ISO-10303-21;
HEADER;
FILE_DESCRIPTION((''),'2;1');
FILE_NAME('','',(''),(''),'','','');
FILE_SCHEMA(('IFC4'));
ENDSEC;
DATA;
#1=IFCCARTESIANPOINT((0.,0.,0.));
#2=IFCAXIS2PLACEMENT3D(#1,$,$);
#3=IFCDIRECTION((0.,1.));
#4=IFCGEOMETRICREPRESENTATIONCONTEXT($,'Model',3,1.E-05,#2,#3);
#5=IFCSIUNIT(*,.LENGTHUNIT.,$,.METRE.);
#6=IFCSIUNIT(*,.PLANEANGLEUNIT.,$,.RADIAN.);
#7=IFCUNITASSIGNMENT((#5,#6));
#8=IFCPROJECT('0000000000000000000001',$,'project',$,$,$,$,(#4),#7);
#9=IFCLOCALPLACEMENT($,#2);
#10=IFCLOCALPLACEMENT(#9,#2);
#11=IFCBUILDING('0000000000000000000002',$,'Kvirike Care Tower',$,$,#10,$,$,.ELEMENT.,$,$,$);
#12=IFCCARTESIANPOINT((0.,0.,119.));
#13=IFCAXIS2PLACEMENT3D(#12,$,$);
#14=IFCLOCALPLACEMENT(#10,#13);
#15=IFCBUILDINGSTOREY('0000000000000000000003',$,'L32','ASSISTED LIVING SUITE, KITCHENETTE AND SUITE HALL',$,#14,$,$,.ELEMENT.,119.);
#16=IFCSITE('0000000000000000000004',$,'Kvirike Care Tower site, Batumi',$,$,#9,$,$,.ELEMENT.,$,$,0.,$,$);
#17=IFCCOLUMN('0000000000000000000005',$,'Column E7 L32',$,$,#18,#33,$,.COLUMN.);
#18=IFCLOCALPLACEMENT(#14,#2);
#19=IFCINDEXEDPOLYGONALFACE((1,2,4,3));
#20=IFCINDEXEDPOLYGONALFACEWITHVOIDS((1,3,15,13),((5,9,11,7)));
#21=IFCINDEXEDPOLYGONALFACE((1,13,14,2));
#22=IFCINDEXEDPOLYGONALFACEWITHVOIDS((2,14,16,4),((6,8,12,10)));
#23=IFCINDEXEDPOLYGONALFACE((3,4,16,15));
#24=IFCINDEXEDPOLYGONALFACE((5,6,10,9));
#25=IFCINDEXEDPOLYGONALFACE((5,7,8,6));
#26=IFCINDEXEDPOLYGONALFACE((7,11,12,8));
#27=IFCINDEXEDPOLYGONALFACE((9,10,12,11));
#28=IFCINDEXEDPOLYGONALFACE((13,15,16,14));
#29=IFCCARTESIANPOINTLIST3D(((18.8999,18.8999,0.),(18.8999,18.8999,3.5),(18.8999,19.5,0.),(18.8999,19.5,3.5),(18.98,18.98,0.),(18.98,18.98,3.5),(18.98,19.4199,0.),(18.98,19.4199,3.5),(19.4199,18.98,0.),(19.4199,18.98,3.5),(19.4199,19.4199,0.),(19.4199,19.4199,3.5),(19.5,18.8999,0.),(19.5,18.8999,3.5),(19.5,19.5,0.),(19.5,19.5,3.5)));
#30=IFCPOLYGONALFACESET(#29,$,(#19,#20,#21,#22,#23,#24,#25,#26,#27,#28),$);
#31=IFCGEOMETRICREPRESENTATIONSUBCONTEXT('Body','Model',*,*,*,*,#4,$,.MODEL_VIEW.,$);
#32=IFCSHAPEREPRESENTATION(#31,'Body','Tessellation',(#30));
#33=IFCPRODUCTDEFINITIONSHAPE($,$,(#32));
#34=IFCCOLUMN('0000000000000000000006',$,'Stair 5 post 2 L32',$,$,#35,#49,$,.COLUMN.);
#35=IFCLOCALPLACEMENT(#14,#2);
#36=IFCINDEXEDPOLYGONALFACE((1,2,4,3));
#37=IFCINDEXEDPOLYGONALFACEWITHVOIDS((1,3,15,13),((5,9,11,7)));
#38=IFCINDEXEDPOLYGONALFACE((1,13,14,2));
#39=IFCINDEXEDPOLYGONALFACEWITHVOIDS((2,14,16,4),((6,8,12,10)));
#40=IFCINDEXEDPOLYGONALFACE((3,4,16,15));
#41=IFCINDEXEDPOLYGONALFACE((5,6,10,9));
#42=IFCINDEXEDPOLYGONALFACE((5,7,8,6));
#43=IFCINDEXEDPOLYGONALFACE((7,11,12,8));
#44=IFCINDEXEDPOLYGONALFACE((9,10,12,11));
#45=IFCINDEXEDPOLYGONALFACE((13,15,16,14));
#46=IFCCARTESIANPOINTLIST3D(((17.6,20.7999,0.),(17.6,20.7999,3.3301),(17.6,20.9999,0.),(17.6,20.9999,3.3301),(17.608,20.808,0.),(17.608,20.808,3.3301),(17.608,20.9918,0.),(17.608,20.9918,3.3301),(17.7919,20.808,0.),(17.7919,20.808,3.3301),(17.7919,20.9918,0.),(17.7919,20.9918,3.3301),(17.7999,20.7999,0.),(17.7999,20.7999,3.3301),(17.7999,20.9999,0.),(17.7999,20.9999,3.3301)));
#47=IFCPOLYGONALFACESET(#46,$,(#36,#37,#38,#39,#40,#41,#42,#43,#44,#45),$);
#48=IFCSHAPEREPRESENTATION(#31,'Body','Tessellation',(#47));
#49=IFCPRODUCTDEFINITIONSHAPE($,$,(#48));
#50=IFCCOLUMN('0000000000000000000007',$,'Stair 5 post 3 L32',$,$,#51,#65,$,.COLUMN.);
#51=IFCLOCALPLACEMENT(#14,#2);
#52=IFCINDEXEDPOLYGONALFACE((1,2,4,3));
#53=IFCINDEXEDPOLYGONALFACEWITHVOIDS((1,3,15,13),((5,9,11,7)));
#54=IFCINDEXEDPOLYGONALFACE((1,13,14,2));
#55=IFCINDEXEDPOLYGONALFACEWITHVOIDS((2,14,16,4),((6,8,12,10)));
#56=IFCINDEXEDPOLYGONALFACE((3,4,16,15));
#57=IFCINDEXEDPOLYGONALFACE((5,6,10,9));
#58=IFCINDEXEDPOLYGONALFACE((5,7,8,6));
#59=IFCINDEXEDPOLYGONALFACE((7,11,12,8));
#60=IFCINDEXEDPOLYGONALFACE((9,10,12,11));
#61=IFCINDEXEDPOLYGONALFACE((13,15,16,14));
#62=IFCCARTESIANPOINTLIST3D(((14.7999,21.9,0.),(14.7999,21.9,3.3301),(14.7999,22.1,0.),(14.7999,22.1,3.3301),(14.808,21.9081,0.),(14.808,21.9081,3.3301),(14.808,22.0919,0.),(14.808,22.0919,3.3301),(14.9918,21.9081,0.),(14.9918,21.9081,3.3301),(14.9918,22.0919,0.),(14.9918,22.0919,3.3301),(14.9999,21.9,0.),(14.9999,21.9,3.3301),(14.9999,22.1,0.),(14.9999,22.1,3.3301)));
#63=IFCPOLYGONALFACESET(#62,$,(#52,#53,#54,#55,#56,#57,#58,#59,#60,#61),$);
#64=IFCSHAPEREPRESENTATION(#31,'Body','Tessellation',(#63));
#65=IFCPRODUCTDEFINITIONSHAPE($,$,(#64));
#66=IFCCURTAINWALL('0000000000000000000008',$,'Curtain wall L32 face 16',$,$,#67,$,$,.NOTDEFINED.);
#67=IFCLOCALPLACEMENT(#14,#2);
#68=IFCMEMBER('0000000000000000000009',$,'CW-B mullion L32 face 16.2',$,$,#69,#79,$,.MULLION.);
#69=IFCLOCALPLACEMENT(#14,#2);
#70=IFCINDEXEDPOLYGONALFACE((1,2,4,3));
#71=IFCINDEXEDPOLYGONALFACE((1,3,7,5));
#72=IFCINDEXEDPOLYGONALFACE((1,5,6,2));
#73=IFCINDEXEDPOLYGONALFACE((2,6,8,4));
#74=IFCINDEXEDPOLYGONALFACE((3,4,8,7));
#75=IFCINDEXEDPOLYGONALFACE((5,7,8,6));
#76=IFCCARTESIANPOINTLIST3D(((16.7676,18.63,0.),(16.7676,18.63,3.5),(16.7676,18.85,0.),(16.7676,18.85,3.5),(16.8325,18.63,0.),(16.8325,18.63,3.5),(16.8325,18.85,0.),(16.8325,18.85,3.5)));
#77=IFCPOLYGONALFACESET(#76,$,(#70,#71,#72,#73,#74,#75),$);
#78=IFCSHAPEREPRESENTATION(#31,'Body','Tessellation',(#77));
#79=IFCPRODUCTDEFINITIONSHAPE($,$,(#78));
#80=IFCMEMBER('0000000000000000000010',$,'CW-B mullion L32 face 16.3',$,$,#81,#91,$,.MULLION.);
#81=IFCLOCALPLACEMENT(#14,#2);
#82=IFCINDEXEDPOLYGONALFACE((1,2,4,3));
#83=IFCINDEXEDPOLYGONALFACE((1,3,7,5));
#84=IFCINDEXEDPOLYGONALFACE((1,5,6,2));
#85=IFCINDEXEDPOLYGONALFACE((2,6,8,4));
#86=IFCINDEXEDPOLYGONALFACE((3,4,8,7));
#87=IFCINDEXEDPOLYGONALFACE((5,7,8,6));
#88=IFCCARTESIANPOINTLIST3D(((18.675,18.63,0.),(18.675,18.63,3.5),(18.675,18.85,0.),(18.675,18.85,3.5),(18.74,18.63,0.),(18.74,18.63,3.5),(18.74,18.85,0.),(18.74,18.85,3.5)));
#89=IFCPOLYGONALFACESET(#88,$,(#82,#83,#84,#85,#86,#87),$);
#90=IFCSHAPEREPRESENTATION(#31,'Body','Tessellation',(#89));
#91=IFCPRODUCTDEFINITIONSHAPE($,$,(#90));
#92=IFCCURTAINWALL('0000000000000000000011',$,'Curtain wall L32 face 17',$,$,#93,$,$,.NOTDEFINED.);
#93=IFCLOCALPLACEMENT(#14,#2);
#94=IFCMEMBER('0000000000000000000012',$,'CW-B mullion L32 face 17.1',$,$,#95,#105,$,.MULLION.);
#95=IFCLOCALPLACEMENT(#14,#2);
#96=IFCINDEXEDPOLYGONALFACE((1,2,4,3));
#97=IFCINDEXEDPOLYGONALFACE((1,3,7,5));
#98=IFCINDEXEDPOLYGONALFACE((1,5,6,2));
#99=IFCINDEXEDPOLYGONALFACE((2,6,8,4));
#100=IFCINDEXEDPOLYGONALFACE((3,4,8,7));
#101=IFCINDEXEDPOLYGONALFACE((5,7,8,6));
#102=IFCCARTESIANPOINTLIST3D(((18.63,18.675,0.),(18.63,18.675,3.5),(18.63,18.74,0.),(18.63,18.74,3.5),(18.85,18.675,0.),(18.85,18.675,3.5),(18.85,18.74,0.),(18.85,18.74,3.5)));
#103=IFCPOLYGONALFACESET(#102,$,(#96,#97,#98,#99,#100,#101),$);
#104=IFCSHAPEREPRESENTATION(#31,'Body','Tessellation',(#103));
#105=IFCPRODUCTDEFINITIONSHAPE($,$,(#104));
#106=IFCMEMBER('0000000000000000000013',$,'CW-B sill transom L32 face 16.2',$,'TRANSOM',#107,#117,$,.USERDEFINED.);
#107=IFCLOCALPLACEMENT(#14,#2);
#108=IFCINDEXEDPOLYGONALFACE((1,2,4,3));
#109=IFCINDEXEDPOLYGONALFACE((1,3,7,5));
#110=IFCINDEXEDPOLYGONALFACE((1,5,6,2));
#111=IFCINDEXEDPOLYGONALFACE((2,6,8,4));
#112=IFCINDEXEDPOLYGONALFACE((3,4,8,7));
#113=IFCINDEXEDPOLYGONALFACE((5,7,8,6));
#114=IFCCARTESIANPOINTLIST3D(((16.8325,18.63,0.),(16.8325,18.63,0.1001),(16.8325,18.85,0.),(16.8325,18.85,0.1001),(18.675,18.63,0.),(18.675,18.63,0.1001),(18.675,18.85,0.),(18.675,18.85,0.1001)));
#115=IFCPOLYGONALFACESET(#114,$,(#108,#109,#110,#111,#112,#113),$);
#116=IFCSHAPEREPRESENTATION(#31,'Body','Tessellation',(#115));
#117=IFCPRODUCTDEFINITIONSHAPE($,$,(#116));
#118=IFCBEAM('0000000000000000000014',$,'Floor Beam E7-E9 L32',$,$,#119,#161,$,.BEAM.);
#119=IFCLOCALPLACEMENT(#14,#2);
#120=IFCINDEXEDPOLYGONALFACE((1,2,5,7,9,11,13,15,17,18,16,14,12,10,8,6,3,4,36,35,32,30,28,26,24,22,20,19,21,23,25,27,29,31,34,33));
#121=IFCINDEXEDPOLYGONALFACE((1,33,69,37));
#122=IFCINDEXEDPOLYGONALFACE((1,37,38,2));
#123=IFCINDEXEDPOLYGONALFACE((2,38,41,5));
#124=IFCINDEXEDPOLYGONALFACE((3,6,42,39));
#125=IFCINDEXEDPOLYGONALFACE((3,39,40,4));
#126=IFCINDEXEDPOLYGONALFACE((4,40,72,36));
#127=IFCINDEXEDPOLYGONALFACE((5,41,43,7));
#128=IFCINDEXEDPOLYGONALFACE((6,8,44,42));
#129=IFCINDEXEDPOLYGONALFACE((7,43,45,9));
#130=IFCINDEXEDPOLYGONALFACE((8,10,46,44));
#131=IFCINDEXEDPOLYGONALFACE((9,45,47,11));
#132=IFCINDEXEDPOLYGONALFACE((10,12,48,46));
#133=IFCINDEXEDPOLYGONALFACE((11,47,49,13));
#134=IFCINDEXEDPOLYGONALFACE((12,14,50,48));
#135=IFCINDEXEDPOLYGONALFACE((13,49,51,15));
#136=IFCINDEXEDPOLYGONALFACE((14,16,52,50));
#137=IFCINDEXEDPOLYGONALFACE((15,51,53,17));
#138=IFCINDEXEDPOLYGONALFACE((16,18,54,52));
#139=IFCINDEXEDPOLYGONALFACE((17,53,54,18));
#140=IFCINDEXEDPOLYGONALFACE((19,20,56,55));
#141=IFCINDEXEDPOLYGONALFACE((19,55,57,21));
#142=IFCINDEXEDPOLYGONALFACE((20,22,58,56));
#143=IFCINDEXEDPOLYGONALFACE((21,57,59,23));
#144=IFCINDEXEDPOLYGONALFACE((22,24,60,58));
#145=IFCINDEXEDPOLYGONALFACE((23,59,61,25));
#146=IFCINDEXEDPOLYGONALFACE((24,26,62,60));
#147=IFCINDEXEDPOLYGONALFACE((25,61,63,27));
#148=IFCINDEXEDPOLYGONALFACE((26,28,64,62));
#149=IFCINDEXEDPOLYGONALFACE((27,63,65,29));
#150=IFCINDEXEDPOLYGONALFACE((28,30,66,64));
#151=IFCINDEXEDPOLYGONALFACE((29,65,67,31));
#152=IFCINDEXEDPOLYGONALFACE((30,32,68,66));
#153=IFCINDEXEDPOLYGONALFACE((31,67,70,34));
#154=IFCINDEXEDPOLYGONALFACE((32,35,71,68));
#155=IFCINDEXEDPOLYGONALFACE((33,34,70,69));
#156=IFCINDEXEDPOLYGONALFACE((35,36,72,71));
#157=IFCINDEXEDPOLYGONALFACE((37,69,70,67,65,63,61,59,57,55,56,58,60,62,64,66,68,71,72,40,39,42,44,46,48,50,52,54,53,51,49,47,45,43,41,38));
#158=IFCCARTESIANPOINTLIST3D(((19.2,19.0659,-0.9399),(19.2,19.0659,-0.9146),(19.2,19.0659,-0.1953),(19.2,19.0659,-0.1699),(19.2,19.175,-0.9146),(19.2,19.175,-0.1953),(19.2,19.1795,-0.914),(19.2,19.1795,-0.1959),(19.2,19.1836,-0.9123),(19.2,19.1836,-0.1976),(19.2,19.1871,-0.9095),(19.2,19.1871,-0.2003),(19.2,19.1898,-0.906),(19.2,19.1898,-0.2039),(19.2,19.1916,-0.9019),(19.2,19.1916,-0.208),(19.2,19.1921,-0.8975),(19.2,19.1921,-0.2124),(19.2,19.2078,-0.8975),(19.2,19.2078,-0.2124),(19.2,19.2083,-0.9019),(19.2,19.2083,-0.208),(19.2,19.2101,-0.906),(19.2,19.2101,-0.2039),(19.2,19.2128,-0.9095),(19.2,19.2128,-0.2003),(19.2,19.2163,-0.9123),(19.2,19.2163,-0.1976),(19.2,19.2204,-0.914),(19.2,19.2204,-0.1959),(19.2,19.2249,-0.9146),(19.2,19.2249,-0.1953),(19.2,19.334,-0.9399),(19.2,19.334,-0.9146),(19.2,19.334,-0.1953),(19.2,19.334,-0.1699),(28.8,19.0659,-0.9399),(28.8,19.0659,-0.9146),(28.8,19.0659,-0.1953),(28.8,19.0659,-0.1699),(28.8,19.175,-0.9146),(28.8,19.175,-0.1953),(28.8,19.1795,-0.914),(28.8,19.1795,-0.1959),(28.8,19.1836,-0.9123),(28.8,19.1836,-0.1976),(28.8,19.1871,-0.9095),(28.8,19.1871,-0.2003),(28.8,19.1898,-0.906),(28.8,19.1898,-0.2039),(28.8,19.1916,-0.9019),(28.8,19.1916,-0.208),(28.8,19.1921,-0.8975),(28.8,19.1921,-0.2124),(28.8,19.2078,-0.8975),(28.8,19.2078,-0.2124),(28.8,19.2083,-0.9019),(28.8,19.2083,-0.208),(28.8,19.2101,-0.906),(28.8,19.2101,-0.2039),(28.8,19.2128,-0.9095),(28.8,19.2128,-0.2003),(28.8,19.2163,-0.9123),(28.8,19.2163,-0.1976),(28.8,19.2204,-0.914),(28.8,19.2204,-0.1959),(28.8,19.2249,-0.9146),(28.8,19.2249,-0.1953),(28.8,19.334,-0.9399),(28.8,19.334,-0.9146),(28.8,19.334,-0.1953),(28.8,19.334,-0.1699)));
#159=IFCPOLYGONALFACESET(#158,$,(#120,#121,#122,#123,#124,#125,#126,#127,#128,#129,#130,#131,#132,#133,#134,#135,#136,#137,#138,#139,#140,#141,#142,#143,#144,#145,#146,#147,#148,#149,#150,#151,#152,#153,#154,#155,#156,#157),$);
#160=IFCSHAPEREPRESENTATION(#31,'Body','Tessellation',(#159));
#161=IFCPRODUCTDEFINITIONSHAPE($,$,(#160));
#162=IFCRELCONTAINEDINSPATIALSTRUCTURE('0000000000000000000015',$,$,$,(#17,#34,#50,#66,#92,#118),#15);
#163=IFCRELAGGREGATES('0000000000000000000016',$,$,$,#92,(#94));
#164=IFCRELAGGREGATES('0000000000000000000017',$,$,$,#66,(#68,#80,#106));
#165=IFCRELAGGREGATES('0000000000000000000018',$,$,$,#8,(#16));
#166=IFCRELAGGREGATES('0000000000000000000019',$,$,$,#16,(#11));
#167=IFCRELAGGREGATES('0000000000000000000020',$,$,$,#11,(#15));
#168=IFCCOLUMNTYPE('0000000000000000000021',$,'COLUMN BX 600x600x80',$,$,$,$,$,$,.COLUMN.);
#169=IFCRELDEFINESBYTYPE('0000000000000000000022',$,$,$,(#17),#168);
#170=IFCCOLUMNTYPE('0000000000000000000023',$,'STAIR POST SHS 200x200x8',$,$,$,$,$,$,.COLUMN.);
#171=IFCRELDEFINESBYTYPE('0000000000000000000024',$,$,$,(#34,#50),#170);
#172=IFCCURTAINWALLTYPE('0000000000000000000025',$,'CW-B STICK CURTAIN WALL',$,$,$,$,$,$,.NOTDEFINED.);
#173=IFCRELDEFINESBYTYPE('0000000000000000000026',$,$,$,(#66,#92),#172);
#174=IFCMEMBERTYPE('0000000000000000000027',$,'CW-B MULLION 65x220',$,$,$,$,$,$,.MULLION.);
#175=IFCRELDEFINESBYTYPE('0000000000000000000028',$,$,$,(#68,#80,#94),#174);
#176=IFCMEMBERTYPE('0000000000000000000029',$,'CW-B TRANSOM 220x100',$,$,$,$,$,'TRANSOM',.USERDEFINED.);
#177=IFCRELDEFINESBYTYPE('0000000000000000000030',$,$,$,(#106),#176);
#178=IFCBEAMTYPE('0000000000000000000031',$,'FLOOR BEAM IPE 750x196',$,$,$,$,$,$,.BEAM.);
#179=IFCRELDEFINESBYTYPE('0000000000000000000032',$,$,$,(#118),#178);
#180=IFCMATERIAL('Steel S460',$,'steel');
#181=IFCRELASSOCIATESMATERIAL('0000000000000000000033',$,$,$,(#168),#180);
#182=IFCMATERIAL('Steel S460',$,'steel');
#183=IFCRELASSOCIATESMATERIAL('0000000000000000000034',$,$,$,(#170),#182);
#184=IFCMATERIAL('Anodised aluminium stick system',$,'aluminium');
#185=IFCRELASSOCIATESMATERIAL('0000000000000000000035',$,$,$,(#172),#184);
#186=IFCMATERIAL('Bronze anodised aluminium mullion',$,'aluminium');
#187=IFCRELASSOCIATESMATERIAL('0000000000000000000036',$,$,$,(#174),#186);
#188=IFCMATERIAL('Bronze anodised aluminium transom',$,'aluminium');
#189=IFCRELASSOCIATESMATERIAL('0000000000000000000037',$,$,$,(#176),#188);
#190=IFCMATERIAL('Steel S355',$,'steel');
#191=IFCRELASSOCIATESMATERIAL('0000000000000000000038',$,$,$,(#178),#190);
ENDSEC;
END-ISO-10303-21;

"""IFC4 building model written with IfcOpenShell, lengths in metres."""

from ifc_helpers import new_model, si_unit, direction, frame, origin, origin_2d, place, context, subcontext, project, spatial, rectangle, hollow_rectangle, i_section, extrude, material, material_profile, profile_set, type_object, element, aggregate, save


model = new_model("IFC4")

# Units and contexts
model_context = context("Model", 3, precision=1e-05, world=origin(), true_north=direction((0.0, 1.0)))
body_context = subcontext(model_context, "Body", "Model", "MODEL_VIEW")
ifc_project = project(units=[si_unit("LENGTHUNIT", "METRE"), si_unit("PLANEANGLEUNIT", "RADIAN")], contexts=[model_context])

# Site, building, storey
site_placement = place(None, origin())
site = spatial("IfcSite", under=ifc_project, at=site_placement, Name="Kvirike Care Tower site, Batumi", CompositionType="ELEMENT", RefElevation=0.0)
building_placement = place(site_placement, origin())
building = spatial("IfcBuilding", under=site, at=building_placement, Name="Kvirike Care Tower", CompositionType="ELEMENT")
storey_placement = place(building_placement, frame((0.0, 0.0, 119.0)))
storey = spatial("IfcBuildingStorey", under=building, at=storey_placement, Name="L32", Description="ASSISTED LIVING SUITE, KITCHENETTE AND SUITE HALL", CompositionType="ELEMENT", Elevation=119.0)

# Columns
ifc_material_1 = material(Name="Steel S460", Category="steel")
ifc_material_profile_1 = material_profile(ifc_material_1, hollow_rectangle(XDim=0.6001, YDim=0.6001, WallThickness=0.0801, at=origin_2d()), Name="BX 600x600x80")
ifc_profile_set_1 = profile_set([ifc_material_profile_1], Name="Steel S460")
column_type_1 = type_object("IfcColumnType", Name="COLUMN BX 600x600x80", PredefinedType="COLUMN", material=ifc_profile_set_1)
column_placement = place(storey_placement, frame((19.2, 19.2, 0.0), z_axis=(0.0, 0.0, 1.0), x_axis=(0.0, 1.0, 0.0)))
element("IfcColumn", 1, at=column_placement, inside=storey, type_object=column_type_1, Name="Column E7 L32", PredefinedType="COLUMN", context=body_context, shape_type="SweptSolid", body=[
    extrude(hollow_rectangle(XDim=0.6001, YDim=0.6001, WallThickness=0.0801, at=origin_2d()), origin(), (0.0, 0.0, 1.0), 3.5),
])
ifc_material_2 = material(Name="Steel S460", Category="steel")
ifc_material_profile_2 = material_profile(ifc_material_2, hollow_rectangle(XDim=0.2, YDim=0.2, WallThickness=0.0081, at=origin_2d()), Name="SHS 200x200x8")
ifc_profile_set_2 = profile_set([ifc_material_profile_2], Name="Steel S460")
column_type_2 = type_object("IfcColumnType", Name="STAIR POST SHS 200x200x8", PredefinedType="COLUMN", material=ifc_profile_set_2)
for number, where, z_axis, x_axis, name in (
    (2, (17.7, 20.8999, 0.0), (0.0, 0.0, 1.0), (1.0, 0.0, 0.0), "Stair 5 post 2 L32"),
    (3, (14.8999, 22.0, 0.0), (0.0, 0.0, 1.0), (1.0, 0.0, 0.0), "Stair 5 post 3 L32"),
):
    element("IfcColumn", number, at=place(storey_placement, frame(where, z_axis=z_axis, x_axis=x_axis)), inside=storey, type_object=column_type_2, Name=name, PredefinedType="COLUMN", context=body_context, shape_type="SweptSolid", body=[
        extrude(hollow_rectangle(XDim=0.2, YDim=0.2, WallThickness=0.0081, at=origin_2d()), origin(), (0.0, 0.0, 1.0), 3.3301),
    ])

# Curtain wall, members
ifc_material_3 = material(Name="Anodised aluminium stick system", Category="aluminium")
curtain_wall_type = type_object("IfcCurtainWallType", Name="CW-B STICK CURTAIN WALL", PredefinedType="NOTDEFINED", material=ifc_material_3)
curtain_wall_1_placement = place(storey_placement, origin())
curtain_wall_1 = element("IfcCurtainWall", 4, at=curtain_wall_1_placement, inside=storey, type_object=curtain_wall_type, Name="Curtain wall L32 face 16", PredefinedType="NOTDEFINED")
ifc_material_4 = material(Name="Bronze anodised aluminium mullion", Category="aluminium")
ifc_material_profile_3 = material_profile(ifc_material_4, rectangle(XDim=0.0649, YDim=0.22, at=origin_2d()), Name="CW-B MULLION 65x220")
ifc_profile_set_3 = profile_set([ifc_material_profile_3], Name="Bronze anodised aluminium mullion")
member_type_1 = type_object("IfcMemberType", Name="CW-B MULLION 65x220", PredefinedType="MULLION", material=ifc_profile_set_3)
member_1_placement = place(storey_placement, frame((16.8, 18.74, 0.0), z_axis=(0.0, 0.0, 1.0), x_axis=(1.0, 0.0, 0.0)))
member_1 = element("IfcMember", 5, at=member_1_placement, type_object=member_type_1, Name="CW-B mullion L32 face 16.2", PredefinedType="MULLION", context=body_context, shape_type="SweptSolid", body=[
    extrude(rectangle(XDim=0.0649, YDim=0.22, at=origin_2d()), origin(), (0.0, 0.0, 1.0), 3.5),
])
member_2_placement = place(storey_placement, frame((18.7075, 18.74, 0.0), z_axis=(0.0, 0.0, 1.0), x_axis=(1.0, 0.0, 0.0)))
member_2 = element("IfcMember", 6, at=member_2_placement, type_object=member_type_1, Name="CW-B mullion L32 face 16.3", PredefinedType="MULLION", context=body_context, shape_type="SweptSolid", body=[
    extrude(rectangle(XDim=0.0649, YDim=0.22, at=origin_2d()), origin(), (0.0, 0.0, 1.0), 3.5),
])

# Curtain wall, member
curtain_wall_2_placement = place(storey_placement, origin())
curtain_wall_2 = element("IfcCurtainWall", 7, at=curtain_wall_2_placement, inside=storey, type_object=curtain_wall_type, Name="Curtain wall L32 face 17", PredefinedType="NOTDEFINED")
member_3_placement = place(storey_placement, frame((18.74, 18.7075, 0.0), z_axis=(0.0, 0.0, 1.0), x_axis=(0.0, -1.0, 0.0)))
member_3 = element("IfcMember", 8, at=member_3_placement, type_object=member_type_1, Name="CW-B mullion L32 face 17.1", PredefinedType="MULLION", context=body_context, shape_type="SweptSolid", body=[
    extrude(rectangle(XDim=0.0649, YDim=0.22, at=origin_2d()), origin(), (0.0, 0.0, 1.0), 3.5),
])
aggregate(curtain_wall_2, [member_3])

# Member
ifc_material_5 = material(Name="Bronze anodised aluminium transom", Category="aluminium")
ifc_material_profile_4 = material_profile(ifc_material_5, rectangle(XDim=0.22, YDim=0.1001, at=origin_2d()), Name="CW-B TRANSOM 220x100")
ifc_profile_set_4 = profile_set([ifc_material_profile_4], Name="Bronze anodised aluminium transom")
member_type_2 = type_object("IfcMemberType", Name="CW-B TRANSOM 220x100", ElementType="TRANSOM", PredefinedType="USERDEFINED", material=ifc_profile_set_4)
member_4_placement = place(storey_placement, frame((16.8325, 18.74, 0.05), z_axis=(1.0, 0.0, 0.0), x_axis=(0.0, 1.0, 0.0)))
member_4 = element("IfcMember", 9, at=member_4_placement, type_object=member_type_2, Name="CW-B sill transom L32 face 16.2", ObjectType="TRANSOM", PredefinedType="USERDEFINED", context=body_context, shape_type="SweptSolid", body=[
    extrude(rectangle(XDim=0.22, YDim=0.1001, at=origin_2d()), origin(), (0.0, 0.0, 1.0), 1.8425),
])

# Beam
ifc_material_6 = material(Name="Steel S355", Category="steel")
ifc_material_profile_5 = material_profile(ifc_material_6, i_section(OverallWidth=0.2681, OverallDepth=0.77, WebThickness=0.0156, FlangeThickness=0.0254, FilletRadius=0.0171, at=origin_2d()), Name="IPE 750x196")
ifc_profile_set_5 = profile_set([ifc_material_profile_5], Name="Steel S355")
beam_type_1 = type_object("IfcBeamType", Name="FLOOR BEAM IPE 750x196", PredefinedType="BEAM", material=ifc_profile_set_5)
for number, where, z_axis, x_axis, name in (
    (10, (19.2, 19.2, -0.5549), (1.0, 0.0, 0.0), (0.0, 1.0, 0.0), "Floor Beam E7-E9 L32"),
):
    element("IfcBeam", number, at=place(storey_placement, frame(where, z_axis=z_axis, x_axis=x_axis)), inside=storey, type_object=beam_type_1, Name=name, PredefinedType="BEAM", context=body_context, shape_type="SweptSolid", body=[
        extrude(i_section(OverallWidth=0.2681, OverallDepth=0.77, WebThickness=0.0156, FlangeThickness=0.0254, FilletRadius=0.0171, at=origin_2d()), origin(), (0.0, 0.0, 1.0), 9.6001),
    ])

aggregate(curtain_wall_1, [member_1, member_2, member_4])

save(model, "model.ifc")
